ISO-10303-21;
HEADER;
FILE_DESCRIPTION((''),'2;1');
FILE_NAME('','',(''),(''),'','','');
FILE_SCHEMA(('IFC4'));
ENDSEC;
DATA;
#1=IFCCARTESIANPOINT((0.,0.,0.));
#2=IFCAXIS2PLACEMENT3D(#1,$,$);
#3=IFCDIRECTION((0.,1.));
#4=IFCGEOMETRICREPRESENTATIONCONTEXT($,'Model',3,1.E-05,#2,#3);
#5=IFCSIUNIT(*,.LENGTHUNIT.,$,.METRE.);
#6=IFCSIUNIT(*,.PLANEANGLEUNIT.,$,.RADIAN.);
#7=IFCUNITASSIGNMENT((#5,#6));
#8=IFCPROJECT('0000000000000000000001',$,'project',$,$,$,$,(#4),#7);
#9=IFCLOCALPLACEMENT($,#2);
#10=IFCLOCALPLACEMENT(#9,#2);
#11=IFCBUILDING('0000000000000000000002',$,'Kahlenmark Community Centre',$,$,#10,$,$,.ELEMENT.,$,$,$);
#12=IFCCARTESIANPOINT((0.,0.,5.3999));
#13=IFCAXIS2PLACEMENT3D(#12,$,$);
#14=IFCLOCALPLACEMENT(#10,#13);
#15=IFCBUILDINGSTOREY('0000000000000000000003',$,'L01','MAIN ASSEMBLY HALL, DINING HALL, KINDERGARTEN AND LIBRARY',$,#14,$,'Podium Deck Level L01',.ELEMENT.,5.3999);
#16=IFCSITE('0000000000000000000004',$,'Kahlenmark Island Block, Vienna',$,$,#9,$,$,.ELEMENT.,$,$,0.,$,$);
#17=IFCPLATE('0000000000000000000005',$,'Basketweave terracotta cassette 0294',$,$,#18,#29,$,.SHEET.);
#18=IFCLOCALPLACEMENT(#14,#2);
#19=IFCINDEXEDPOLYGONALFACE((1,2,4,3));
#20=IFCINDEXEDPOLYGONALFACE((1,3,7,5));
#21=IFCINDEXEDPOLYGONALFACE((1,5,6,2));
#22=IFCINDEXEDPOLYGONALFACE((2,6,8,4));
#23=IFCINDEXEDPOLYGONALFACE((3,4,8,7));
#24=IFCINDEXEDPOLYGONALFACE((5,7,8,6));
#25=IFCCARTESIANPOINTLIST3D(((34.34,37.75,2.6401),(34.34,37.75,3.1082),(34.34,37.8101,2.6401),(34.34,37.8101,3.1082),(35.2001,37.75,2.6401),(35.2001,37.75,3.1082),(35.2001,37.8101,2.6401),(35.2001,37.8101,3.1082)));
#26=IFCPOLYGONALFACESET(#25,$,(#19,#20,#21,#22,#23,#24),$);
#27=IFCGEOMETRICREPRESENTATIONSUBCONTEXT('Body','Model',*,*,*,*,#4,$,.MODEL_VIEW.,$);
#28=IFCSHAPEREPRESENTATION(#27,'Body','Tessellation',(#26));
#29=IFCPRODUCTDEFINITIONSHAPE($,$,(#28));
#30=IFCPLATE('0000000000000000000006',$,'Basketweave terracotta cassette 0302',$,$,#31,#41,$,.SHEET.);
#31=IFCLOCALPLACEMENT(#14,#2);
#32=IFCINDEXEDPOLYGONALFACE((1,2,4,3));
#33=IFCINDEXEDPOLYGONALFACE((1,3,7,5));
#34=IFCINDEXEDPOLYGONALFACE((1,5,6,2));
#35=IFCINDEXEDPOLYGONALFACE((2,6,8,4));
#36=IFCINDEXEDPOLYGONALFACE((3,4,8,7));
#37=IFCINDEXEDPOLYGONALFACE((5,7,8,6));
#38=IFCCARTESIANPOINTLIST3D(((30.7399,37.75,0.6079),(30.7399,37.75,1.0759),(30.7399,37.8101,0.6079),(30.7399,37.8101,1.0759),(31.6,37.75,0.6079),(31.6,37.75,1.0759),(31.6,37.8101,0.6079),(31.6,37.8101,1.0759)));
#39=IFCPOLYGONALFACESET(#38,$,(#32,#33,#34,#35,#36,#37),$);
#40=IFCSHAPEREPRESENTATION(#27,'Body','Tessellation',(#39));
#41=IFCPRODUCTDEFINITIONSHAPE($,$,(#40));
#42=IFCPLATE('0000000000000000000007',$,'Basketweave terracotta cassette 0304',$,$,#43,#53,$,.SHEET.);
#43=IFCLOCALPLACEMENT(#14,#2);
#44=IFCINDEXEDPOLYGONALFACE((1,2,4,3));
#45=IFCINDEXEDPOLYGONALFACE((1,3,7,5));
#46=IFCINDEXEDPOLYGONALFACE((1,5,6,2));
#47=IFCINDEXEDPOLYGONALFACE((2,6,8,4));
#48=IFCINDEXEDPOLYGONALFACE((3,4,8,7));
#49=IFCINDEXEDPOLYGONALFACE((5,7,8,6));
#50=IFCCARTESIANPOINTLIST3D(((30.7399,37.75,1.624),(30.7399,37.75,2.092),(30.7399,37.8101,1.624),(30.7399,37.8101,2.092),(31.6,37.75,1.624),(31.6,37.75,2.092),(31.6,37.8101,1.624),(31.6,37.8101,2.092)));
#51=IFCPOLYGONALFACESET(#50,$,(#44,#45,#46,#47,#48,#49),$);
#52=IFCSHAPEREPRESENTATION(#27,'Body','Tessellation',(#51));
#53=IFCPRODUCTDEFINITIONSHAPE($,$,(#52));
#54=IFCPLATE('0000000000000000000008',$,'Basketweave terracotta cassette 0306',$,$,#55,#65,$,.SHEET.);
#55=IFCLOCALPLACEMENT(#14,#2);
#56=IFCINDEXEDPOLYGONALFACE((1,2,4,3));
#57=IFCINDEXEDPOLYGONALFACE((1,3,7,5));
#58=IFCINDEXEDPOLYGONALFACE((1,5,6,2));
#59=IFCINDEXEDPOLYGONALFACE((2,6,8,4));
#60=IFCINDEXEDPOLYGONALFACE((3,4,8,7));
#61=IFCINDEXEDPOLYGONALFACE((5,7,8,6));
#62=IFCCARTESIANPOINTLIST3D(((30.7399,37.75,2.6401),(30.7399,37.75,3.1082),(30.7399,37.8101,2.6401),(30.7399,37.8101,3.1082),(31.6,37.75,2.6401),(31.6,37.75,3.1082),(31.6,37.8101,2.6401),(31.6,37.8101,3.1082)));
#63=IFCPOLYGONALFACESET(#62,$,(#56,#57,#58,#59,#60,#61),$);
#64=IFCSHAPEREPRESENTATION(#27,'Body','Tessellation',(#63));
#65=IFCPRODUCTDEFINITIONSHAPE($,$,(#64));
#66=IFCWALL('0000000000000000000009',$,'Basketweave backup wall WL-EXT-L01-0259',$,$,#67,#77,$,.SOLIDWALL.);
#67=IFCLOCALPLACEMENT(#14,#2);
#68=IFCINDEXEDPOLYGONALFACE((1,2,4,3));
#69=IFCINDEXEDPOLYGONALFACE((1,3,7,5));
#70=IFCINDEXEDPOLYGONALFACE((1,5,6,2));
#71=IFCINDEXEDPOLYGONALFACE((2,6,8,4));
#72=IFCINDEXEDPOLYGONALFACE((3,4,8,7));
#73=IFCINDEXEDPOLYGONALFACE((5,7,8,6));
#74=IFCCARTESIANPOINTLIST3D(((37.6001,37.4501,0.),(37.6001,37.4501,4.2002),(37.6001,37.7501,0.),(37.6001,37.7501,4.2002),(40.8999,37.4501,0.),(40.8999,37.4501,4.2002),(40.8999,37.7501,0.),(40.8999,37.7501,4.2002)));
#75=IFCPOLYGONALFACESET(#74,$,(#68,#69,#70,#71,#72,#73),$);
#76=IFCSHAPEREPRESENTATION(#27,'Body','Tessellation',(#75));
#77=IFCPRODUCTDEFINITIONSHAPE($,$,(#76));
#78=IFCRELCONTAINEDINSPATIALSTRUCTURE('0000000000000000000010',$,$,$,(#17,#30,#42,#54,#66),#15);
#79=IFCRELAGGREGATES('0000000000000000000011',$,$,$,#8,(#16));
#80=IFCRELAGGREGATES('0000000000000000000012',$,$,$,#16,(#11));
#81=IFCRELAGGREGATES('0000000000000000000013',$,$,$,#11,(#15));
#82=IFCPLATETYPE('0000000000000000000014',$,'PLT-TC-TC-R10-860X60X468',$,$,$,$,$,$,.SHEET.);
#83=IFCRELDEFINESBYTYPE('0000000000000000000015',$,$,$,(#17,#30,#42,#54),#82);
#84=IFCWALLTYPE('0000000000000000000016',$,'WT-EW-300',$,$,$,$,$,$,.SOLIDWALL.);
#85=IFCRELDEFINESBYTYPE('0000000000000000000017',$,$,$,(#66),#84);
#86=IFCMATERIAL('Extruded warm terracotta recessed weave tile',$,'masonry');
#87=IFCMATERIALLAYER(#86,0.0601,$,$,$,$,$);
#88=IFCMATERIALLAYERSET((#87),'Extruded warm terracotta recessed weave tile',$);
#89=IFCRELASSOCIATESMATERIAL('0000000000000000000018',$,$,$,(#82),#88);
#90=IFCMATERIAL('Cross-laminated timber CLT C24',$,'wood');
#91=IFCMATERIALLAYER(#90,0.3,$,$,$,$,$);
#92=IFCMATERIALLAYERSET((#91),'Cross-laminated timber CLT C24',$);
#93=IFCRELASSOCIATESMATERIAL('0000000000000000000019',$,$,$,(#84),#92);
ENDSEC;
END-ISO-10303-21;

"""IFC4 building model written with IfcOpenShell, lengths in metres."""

from ifc_helpers import new_model, si_unit, direction, frame, frame_2d, origin, origin_2d, place, context, subcontext, project, spatial, rectangle, extrude, material, layer, layer_set, type_object, element, save


model = new_model("IFC4")

# Units and contexts
model_context = context("Model", 3, precision=1e-05, world=origin(), true_north=direction((0.0, 1.0)))
body_context = subcontext(model_context, "Body", "Model", "MODEL_VIEW")
ifc_project = project(units=[si_unit("LENGTHUNIT", "METRE"), si_unit("PLANEANGLEUNIT", "RADIAN")], contexts=[model_context])

# Site, building, storey
site_placement = place(None, origin())
site = spatial("IfcSite", under=ifc_project, at=site_placement, Name="Kahlenmark Island Block, Vienna", CompositionType="ELEMENT", RefElevation=0.0)
building_placement = place(site_placement, origin())
building = spatial("IfcBuilding", under=site, at=building_placement, Name="Kahlenmark Community Centre", CompositionType="ELEMENT")
storey_placement = place(building_placement, frame((0.0, 0.0, 5.3999)))
storey = spatial("IfcBuildingStorey", under=building, at=storey_placement, Name="L01", Description="MAIN ASSEMBLY HALL, DINING HALL, KINDERGARTEN AND LIBRARY", LongName="Podium Deck Level L01", CompositionType="ELEMENT", Elevation=5.3999)

# Plates
ifc_material_1 = material(Name="Extruded warm terracotta recessed weave tile", Category="masonry")
ifc_layer_1 = layer(ifc_material_1, 0.0601)
ifc_layer_set_1 = layer_set([ifc_layer_1], Name="Extruded warm terracotta recessed weave tile")
plate_type_1 = type_object("IfcPlateType", Name="PLT-TC-TC-R10-860X60X468", PredefinedType="SHEET", material=ifc_layer_set_1)
for number, where, z_axis, x_axis, name in (
    (1, (34.77, 37.78, 2.6401), (0.0, 0.0, 1.0), (-1.0, 0.0, 0.0), "Basketweave terracotta cassette 0294"),
    (2, (31.1699, 37.78, 0.6079), (0.0, 0.0, 1.0), (-1.0, 0.0, 0.0), "Basketweave terracotta cassette 0302"),
    (3, (31.1699, 37.78, 1.624), (0.0, 0.0, 1.0), (-1.0, 0.0, 0.0), "Basketweave terracotta cassette 0304"),
    (4, (31.1699, 37.78, 2.6401), (0.0, 0.0, 1.0), (-1.0, 0.0, 0.0), "Basketweave terracotta cassette 0306"),
):
    element("IfcPlate", number, at=place(storey_placement, frame(where, z_axis=z_axis, x_axis=x_axis)), inside=storey, type_object=plate_type_1, Name=name, PredefinedType="SHEET", context=body_context, shape_type="SweptSolid", body=[
        extrude(rectangle(XDim=0.8601, YDim=0.0601, at=origin_2d()), origin(), (0.0, 0.0, 1.0), 0.468),
    ])

# Wall
ifc_material_2 = material(Name="Cross-laminated timber CLT C24", Category="wood")
ifc_layer_2 = layer(ifc_material_2, 0.3)
ifc_layer_set_2 = layer_set([ifc_layer_2], Name="Cross-laminated timber CLT C24")
wall_type = type_object("IfcWallType", Name="WT-EW-300", PredefinedType="SOLIDWALL", material=ifc_layer_set_2)
wall_placement = place(storey_placement, frame((40.8999, 37.6001, 0.0), z_axis=(0.0, 0.0, 1.0), x_axis=(-1.0, 0.0, 0.0)))
element("IfcWall", 5, at=wall_placement, inside=storey, type_object=wall_type, Name="Basketweave backup wall WL-EXT-L01-0259", PredefinedType="SOLIDWALL", context=body_context, shape_type="SweptSolid", body=[
    extrude(rectangle(XDim=3.2998, YDim=0.3, at=frame_2d((1.6499, 0.0))), origin(), (0.0, 0.0, 1.0), 4.2002),
])

save(model, "model.ifc")
